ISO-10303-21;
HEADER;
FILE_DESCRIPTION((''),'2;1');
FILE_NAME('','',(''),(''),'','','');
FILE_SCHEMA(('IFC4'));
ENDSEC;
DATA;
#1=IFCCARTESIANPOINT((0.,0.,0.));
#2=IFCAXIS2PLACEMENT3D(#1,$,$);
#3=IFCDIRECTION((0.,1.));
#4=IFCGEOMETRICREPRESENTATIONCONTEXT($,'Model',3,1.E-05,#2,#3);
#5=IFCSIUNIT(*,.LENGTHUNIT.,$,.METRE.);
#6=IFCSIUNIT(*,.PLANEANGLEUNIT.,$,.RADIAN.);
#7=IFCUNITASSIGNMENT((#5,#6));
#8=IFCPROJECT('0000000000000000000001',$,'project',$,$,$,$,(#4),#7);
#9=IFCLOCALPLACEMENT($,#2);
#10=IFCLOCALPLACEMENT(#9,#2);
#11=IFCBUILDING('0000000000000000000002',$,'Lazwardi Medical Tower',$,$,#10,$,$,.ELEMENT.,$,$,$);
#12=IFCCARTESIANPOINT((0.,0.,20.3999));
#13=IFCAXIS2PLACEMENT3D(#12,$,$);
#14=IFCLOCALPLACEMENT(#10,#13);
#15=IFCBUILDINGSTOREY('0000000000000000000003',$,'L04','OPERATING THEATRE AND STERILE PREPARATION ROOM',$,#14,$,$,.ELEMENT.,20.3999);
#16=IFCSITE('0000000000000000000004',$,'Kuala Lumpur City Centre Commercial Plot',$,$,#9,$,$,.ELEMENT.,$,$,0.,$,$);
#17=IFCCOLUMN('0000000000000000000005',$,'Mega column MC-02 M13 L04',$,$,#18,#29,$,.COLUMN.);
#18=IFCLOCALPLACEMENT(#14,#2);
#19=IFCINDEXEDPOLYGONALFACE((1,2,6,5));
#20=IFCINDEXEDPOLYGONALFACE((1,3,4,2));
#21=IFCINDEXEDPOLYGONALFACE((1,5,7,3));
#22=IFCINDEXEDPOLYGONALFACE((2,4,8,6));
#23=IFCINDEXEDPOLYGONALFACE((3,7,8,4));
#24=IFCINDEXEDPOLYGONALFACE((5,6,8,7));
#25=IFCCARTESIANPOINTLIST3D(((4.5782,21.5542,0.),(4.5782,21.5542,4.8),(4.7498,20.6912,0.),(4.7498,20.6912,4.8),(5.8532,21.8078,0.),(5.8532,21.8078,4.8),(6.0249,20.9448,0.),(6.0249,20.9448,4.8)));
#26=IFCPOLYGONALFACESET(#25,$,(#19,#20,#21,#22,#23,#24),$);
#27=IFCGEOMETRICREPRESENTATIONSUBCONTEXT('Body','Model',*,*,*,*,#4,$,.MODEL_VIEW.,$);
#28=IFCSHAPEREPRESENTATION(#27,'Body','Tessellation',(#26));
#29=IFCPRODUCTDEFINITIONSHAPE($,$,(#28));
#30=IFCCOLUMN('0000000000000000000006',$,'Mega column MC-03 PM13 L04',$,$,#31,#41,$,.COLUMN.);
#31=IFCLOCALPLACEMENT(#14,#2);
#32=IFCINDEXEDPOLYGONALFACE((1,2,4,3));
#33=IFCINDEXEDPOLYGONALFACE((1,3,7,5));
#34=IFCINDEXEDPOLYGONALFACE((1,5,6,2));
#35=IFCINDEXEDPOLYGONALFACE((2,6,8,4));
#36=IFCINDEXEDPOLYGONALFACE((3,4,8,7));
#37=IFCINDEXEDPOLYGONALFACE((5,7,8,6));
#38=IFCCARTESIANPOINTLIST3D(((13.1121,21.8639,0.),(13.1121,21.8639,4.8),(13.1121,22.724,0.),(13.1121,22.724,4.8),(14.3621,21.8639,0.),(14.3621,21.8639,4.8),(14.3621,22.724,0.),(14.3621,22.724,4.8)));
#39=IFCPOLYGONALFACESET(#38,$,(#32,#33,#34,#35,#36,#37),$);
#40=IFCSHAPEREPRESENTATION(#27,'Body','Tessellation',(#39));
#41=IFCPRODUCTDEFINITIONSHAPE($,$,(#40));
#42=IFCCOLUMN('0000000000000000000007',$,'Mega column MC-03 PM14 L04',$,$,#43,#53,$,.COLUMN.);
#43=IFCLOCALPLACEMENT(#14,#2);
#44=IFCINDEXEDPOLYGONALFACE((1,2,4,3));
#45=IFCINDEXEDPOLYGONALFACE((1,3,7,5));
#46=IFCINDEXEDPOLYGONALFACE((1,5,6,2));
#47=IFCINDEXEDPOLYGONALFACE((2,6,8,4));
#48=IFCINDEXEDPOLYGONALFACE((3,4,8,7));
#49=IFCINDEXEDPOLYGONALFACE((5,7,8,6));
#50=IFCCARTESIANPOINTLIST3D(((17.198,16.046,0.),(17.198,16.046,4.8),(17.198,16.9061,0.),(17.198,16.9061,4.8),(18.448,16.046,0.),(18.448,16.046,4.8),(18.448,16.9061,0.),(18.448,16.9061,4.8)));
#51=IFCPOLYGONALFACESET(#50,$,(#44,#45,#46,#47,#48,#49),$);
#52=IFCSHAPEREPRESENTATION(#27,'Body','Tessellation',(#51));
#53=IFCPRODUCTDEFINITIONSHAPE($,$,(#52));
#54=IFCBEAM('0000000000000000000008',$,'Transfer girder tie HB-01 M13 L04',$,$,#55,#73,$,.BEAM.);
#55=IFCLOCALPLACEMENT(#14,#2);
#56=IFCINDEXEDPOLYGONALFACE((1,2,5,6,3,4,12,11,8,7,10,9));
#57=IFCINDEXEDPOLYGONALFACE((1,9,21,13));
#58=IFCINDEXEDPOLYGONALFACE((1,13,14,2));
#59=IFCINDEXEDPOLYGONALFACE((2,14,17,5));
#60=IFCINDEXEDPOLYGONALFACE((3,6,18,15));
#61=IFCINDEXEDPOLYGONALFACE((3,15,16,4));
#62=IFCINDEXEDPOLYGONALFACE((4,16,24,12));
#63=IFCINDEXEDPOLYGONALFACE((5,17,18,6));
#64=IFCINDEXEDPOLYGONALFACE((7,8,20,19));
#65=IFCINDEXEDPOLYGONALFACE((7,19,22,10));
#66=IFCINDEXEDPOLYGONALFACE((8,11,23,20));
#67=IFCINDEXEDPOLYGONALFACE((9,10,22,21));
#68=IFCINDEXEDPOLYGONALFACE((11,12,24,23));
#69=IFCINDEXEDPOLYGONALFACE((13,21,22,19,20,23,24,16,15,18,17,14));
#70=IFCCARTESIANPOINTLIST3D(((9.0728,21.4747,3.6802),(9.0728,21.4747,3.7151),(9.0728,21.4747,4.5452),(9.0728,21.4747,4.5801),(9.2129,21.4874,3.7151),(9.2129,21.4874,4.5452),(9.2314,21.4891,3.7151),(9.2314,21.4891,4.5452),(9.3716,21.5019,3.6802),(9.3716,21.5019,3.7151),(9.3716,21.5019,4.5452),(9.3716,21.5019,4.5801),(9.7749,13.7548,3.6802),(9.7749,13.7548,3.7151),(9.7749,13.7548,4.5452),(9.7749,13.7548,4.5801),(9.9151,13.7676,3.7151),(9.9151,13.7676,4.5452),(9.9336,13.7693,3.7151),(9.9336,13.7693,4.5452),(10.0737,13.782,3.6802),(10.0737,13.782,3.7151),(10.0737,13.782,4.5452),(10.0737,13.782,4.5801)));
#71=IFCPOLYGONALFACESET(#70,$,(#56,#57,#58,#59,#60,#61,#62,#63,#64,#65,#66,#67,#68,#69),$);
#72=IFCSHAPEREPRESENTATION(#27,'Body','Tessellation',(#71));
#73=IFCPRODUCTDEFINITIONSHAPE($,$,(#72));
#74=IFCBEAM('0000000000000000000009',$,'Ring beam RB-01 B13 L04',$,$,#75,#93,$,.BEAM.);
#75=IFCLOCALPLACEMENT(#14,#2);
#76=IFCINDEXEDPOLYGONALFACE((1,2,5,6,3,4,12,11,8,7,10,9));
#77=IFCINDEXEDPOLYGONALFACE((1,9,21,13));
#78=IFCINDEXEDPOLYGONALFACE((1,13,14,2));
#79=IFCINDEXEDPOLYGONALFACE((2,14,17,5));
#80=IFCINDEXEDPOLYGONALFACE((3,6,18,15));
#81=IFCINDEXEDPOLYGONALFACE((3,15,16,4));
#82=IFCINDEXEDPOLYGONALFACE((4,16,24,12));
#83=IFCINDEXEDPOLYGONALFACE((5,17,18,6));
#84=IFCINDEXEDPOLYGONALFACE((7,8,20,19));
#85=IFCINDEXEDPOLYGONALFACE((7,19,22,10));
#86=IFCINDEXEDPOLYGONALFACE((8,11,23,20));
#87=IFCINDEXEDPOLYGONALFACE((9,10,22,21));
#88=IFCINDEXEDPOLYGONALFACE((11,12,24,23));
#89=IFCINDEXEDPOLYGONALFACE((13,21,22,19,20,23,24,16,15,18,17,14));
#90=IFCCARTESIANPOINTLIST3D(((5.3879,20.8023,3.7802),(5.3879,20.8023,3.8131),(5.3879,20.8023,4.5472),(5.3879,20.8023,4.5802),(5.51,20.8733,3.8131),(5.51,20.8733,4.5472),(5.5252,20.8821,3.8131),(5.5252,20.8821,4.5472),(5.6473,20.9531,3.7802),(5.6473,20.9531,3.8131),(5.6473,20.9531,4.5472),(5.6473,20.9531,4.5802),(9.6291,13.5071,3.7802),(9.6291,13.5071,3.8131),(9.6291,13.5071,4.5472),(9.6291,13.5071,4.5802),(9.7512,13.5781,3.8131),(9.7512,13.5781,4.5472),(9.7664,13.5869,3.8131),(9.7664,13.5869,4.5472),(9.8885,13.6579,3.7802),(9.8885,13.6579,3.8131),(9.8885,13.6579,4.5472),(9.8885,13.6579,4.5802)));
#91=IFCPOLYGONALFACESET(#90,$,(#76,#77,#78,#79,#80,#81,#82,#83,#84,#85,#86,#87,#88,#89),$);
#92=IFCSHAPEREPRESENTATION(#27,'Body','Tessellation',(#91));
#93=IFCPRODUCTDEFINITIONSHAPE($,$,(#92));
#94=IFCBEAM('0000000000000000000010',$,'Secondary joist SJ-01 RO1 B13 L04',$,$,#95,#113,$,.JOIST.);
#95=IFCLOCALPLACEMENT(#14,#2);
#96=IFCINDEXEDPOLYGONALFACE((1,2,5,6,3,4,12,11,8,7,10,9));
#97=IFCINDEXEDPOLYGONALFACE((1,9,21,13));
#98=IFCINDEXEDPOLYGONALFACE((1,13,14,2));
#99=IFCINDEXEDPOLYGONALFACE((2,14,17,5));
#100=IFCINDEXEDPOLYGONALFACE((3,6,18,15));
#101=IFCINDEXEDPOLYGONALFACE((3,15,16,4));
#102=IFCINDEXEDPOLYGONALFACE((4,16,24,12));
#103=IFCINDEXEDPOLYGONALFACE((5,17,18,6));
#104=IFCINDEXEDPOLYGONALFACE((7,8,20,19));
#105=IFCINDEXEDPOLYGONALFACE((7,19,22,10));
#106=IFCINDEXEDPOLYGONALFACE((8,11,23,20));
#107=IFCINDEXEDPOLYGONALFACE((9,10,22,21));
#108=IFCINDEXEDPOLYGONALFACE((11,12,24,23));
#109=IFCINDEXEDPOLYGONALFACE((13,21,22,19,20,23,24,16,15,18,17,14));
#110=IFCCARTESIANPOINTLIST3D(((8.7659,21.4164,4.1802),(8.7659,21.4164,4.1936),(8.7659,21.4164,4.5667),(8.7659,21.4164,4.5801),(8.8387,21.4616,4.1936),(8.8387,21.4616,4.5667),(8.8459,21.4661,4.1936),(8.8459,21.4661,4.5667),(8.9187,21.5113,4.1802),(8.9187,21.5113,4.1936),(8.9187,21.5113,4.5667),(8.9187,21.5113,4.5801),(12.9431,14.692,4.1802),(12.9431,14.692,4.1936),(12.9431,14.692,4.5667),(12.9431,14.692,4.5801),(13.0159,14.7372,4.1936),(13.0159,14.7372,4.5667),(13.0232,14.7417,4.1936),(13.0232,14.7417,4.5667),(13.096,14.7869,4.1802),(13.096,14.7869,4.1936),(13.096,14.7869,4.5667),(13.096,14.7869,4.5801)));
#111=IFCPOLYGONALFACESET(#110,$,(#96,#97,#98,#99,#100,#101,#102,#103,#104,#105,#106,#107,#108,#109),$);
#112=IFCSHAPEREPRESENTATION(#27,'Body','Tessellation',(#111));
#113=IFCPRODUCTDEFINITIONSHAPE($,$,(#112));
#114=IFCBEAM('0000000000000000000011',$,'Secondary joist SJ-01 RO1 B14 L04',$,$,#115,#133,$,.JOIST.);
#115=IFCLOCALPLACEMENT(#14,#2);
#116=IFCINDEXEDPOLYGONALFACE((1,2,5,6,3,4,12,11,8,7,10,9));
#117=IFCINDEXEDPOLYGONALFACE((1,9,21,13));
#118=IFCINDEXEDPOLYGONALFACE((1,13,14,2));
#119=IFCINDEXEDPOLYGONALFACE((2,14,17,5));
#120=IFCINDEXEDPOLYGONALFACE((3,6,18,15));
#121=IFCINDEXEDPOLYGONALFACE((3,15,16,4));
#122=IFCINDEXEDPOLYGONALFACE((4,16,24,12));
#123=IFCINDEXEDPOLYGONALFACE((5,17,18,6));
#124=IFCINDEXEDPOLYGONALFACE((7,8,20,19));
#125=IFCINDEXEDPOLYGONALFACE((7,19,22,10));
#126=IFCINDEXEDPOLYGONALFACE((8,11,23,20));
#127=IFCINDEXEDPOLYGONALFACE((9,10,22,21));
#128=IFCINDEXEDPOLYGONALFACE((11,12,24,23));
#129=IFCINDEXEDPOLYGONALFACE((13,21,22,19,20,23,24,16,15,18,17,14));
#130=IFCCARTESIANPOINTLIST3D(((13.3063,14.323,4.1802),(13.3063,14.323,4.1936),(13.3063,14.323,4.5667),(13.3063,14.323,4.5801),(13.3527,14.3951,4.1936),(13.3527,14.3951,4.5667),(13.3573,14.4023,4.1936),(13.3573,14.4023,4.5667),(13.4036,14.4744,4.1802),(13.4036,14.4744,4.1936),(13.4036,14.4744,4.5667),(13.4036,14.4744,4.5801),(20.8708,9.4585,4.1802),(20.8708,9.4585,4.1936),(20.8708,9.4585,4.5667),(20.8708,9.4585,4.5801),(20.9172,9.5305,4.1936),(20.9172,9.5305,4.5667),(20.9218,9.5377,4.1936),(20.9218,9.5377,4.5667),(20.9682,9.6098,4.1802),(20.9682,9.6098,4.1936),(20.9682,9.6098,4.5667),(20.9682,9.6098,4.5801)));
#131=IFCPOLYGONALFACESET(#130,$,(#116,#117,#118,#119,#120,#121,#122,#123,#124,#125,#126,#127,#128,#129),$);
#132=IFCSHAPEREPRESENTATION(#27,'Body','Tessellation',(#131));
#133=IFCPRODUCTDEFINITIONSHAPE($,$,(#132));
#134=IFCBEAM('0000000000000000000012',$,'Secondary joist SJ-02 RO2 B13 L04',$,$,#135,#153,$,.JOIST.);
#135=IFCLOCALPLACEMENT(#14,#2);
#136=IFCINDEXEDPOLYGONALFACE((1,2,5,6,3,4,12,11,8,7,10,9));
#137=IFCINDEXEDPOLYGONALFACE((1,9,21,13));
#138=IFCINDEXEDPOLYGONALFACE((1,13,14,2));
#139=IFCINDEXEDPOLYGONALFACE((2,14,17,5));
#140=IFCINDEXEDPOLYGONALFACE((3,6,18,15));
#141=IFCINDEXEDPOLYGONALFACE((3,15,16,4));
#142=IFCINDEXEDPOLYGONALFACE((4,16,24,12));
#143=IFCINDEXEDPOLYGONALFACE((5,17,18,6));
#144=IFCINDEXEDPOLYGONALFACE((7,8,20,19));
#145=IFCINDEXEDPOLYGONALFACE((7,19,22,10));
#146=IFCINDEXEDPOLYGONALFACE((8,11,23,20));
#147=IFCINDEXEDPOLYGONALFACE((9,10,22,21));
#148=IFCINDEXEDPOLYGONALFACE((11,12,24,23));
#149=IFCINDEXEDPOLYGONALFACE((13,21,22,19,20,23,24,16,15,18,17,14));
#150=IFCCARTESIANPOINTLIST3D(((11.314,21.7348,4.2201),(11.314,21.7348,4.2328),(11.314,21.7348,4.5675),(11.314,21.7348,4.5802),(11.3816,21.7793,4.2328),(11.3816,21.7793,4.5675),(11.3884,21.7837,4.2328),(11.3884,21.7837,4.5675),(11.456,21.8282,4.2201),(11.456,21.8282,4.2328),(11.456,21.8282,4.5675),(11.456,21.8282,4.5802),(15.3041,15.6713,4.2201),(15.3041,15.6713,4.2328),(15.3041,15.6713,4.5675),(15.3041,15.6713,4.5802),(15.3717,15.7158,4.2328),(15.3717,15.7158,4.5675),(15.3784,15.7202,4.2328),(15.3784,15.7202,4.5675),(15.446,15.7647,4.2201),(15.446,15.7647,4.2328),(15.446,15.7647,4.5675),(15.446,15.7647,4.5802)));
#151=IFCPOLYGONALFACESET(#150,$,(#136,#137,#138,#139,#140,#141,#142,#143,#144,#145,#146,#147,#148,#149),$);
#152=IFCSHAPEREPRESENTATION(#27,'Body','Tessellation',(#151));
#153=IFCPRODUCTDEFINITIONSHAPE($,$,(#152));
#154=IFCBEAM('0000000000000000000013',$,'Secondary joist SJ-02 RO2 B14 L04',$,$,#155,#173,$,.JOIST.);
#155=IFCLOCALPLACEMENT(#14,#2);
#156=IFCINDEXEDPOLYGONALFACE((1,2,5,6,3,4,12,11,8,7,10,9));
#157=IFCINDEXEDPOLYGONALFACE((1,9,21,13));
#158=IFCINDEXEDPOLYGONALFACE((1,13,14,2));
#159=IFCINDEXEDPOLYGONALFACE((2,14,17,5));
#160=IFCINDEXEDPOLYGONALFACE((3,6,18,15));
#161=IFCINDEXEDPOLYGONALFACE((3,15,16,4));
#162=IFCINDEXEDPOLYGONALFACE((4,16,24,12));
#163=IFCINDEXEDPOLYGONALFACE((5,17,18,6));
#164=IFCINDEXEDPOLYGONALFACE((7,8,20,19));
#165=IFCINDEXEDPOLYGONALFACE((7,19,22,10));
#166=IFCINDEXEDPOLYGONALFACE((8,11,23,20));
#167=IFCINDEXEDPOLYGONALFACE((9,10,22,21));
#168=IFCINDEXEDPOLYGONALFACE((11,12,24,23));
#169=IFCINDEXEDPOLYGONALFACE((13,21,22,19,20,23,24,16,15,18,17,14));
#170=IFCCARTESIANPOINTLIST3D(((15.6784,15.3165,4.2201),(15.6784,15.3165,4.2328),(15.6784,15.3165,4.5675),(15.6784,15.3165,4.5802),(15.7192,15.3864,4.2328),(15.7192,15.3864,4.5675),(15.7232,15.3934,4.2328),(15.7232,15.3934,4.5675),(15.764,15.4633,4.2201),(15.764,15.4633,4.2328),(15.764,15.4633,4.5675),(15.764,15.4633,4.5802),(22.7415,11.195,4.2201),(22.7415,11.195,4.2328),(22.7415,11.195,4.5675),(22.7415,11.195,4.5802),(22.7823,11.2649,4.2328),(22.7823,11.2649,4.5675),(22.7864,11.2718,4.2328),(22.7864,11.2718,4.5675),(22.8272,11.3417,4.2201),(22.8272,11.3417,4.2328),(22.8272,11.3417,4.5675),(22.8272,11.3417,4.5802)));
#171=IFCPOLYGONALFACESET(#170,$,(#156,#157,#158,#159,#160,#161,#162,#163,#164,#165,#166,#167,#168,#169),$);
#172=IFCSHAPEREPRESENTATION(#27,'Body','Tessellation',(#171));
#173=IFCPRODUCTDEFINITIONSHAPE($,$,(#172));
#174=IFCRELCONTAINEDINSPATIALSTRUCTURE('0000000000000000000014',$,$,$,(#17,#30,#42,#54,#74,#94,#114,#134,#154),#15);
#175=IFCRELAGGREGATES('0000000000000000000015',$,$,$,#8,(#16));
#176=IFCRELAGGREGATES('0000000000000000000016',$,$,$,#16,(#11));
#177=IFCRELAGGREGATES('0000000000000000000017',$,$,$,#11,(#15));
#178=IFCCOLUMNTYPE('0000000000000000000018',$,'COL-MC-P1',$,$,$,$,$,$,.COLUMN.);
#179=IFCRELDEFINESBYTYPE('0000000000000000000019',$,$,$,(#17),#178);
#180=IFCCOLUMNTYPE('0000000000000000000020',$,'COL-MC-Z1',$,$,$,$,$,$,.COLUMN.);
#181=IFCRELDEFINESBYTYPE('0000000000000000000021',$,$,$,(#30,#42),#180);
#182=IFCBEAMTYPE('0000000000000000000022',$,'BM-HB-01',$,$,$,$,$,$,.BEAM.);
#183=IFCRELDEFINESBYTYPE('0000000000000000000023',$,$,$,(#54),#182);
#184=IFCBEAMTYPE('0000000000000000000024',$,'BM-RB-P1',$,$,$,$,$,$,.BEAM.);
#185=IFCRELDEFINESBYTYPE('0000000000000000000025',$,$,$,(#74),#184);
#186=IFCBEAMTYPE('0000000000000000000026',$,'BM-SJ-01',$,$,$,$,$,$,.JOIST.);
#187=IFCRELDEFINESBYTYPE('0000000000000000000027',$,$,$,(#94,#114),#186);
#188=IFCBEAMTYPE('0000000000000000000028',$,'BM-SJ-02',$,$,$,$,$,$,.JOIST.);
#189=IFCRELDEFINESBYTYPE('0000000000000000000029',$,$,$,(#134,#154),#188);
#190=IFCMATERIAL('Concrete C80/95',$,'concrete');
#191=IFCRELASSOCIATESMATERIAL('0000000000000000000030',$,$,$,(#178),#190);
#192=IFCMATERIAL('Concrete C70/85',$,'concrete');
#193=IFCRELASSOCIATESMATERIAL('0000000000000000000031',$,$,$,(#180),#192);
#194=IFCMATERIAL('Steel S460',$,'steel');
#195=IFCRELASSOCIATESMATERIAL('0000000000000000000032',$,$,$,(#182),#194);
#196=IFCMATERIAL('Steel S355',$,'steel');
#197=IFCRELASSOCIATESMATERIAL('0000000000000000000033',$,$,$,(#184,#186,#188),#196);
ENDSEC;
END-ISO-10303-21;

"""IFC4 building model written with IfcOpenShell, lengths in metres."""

from ifc_helpers import new_model, si_unit, direction, frame, origin, origin_2d, place, context, subcontext, project, spatial, rectangle, i_section, extrude, material, material_profile, profile_set, type_object, element, save


model = new_model("IFC4")

# Units and contexts
model_context = context("Model", 3, precision=1e-05, world=origin(), true_north=direction((0.0, 1.0)))
body_context = subcontext(model_context, "Body", "Model", "MODEL_VIEW")
ifc_project = project(units=[si_unit("LENGTHUNIT", "METRE"), si_unit("PLANEANGLEUNIT", "RADIAN")], contexts=[model_context])

# Site, building, storey
site_placement = place(None, origin())
site = spatial("IfcSite", under=ifc_project, at=site_placement, Name="Kuala Lumpur City Centre Commercial Plot", CompositionType="ELEMENT", RefElevation=0.0)
building_placement = place(site_placement, origin())
building = spatial("IfcBuilding", under=site, at=building_placement, Name="Lazwardi Medical Tower", CompositionType="ELEMENT")
storey_placement = place(building_placement, frame((0.0, 0.0, 20.3999)))
storey = spatial("IfcBuildingStorey", under=building, at=storey_placement, Name="L04", Description="OPERATING THEATRE AND STERILE PREPARATION ROOM", CompositionType="ELEMENT", Elevation=20.3999)

# Columns
ifc_material_1 = material(Name="Concrete C80/95", Category="concrete")
ifc_material_profile_1 = material_profile(ifc_material_1, rectangle(XDim=1.3, YDim=0.8799, at=origin_2d()), Name="CFT-RECT 1300x880")
ifc_profile_set_1 = profile_set([ifc_material_profile_1], Name="Concrete C80/95")
column_type_1 = type_object("IfcColumnType", Name="COL-MC-P1", PredefinedType="COLUMN", material=ifc_profile_set_1)
column_placement = place(storey_placement, frame((5.3015, 21.2495, 0.0), z_axis=(0.0, 0.0, 1.0), x_axis=(-0.980785, -0.19509, 0.0)))
element("IfcColumn", 1, at=column_placement, inside=storey, type_object=column_type_1, Name="Mega column MC-02 M13 L04", PredefinedType="COLUMN", context=body_context, shape_type="SweptSolid", body=[
    extrude(rectangle(XDim=1.3, YDim=0.8799, at=origin_2d()), origin(), (0.0, 0.0, 1.0), 4.8),
])
ifc_material_2 = material(Name="Concrete C70/85", Category="concrete")
ifc_material_profile_2 = material_profile(ifc_material_2, rectangle(XDim=1.25, YDim=0.8601, at=origin_2d()), Name="CFT-RECT 1250x860")
ifc_profile_set_2 = profile_set([ifc_material_profile_2], Name="Concrete C70/85")
column_type_2 = type_object("IfcColumnType", Name="COL-MC-Z1", PredefinedType="COLUMN", material=ifc_profile_set_2)
for number, where, z_axis, x_axis, name in (
    (2, (13.7371, 22.2939, 0.0), (0.0, 0.0, 1.0), (1.0, 0.0, 0.0), "Mega column MC-03 PM13 L04"),
    (3, (17.823, 16.4761, 0.0), (0.0, 0.0, 1.0), (1.0, 0.0, 0.0), "Mega column MC-03 PM14 L04"),
):
    element("IfcColumn", number, at=place(storey_placement, frame(where, z_axis=z_axis, x_axis=x_axis)), inside=storey, type_object=column_type_2, Name=name, PredefinedType="COLUMN", context=body_context, shape_type="SweptSolid", body=[
        extrude(rectangle(XDim=1.25, YDim=0.8601, at=origin_2d()), origin(), (0.0, 0.0, 1.0), 4.8),
    ])

# Beams
ifc_material_3 = material(Name="Steel S460", Category="steel")
ifc_material_profile_3 = material_profile(ifc_material_3, i_section(OverallWidth=0.3, OverallDepth=0.8999, WebThickness=0.0186, FlangeThickness=0.0349, at=origin_2d()), Name="HEB 900")
ifc_profile_set_3 = profile_set([ifc_material_profile_3], Name="Steel S460")
beam_type_1 = type_object("IfcBeamType", Name="BM-HB-01", PredefinedType="BEAM", material=ifc_profile_set_3)
beam_1_placement = place(storey_placement, frame((9.2222, 21.4883, 4.1301), z_axis=(0.090581, -0.995889, 0.0), x_axis=(0.995889, 0.090581, 0.0)))
element("IfcBeam", 4, at=beam_1_placement, inside=storey, type_object=beam_type_1, Name="Transfer girder tie HB-01 M13 L04", PredefinedType="BEAM", context=body_context, shape_type="SweptSolid", body=[
    extrude(i_section(OverallWidth=0.3, OverallDepth=0.8999, WebThickness=0.0186, FlangeThickness=0.0349, at=origin_2d()), origin(), (0.0, 0.0, 1.0), 7.7517),
])
ifc_material_4 = material(Name="Steel S355", Category="steel")
ifc_material_profile_4 = material_profile(ifc_material_4, i_section(OverallWidth=0.3, OverallDepth=0.8, WebThickness=0.0176, FlangeThickness=0.033, at=origin_2d()), Name="HEB 800")
ifc_profile_set_4 = profile_set([ifc_material_profile_4], Name="Steel S355")
beam_type_2 = type_object("IfcBeamType", Name="BM-RB-P1", PredefinedType="BEAM", material=ifc_profile_set_4)
beam_2_placement = place(storey_placement, frame((5.5176, 20.8777, 4.1802), z_axis=(0.502606, -0.864516, 0.0), x_axis=(0.864516, 0.502606, 0.0)))
element("IfcBeam", 5, at=beam_2_placement, inside=storey, type_object=beam_type_2, Name="Ring beam RB-01 B13 L04", PredefinedType="BEAM", context=body_context, shape_type="SweptSolid", body=[
    extrude(i_section(OverallWidth=0.3, OverallDepth=0.8, WebThickness=0.0176, FlangeThickness=0.033, at=origin_2d()), origin(), (0.0, 0.0, 1.0), 8.4385),
])
ifc_material_profile_5 = material_profile(ifc_material_4, i_section(OverallWidth=0.1799, OverallDepth=0.3999, WebThickness=0.0085, FlangeThickness=0.0134, at=origin_2d()), Name="IPE 400")
ifc_profile_set_5 = profile_set([ifc_material_profile_5], Name="Steel S355")
beam_type_3 = type_object("IfcBeamType", Name="BM-SJ-01", PredefinedType="JOIST", material=ifc_profile_set_5)
beam_3_placement = place(storey_placement, frame((8.8423, 21.4639, 4.3801), z_axis=(0.527682, -0.849442, 0.0), x_axis=(0.849442, 0.527682, 0.0)))
element("IfcBeam", 6, at=beam_3_placement, inside=storey, type_object=beam_type_3, Name="Secondary joist SJ-01 RO1 B13 L04", PredefinedType="JOIST", context=body_context, shape_type="SweptSolid", body=[
    extrude(i_section(OverallWidth=0.1799, OverallDepth=0.3999, WebThickness=0.0085, FlangeThickness=0.0134, at=origin_2d()), origin(), (0.0, 0.0, 1.0), 7.9163),
])
beam_4_placement = place(storey_placement, frame((13.355, 14.3987, 4.3801), z_axis=(0.841096, -0.540887, 0.0), x_axis=(0.540887, 0.841096, 0.0)))
element("IfcBeam", 7, at=beam_4_placement, inside=storey, type_object=beam_type_3, Name="Secondary joist SJ-01 RO1 B14 L04", PredefinedType="JOIST", context=body_context, shape_type="SweptSolid", body=[
    extrude(i_section(OverallWidth=0.1799, OverallDepth=0.3999, WebThickness=0.0085, FlangeThickness=0.0134, at=origin_2d()), origin(), (0.0, 0.0, 1.0), 8.9937),
])
ifc_material_profile_6 = material_profile(ifc_material_4, i_section(OverallWidth=0.1699, OverallDepth=0.3601, WebThickness=0.0081, FlangeThickness=0.0127, at=origin_2d()), Name="IPE 360")
ifc_profile_set_6 = profile_set([ifc_material_profile_6], Name="Steel S355")
beam_type_4 = type_object("IfcBeamType", Name="BM-SJ-02", PredefinedType="JOIST", material=ifc_profile_set_6)
beam_5_placement = place(storey_placement, frame((11.385, 21.7815, 4.4001), z_axis=(0.549699, -0.835363, 0.0), x_axis=(0.835363, 0.549699, 0.0)))
element("IfcBeam", 8, at=beam_5_placement, inside=storey, type_object=beam_type_4, Name="Secondary joist SJ-02 RO2 B13 L04", PredefinedType="JOIST", context=body_context, shape_type="SweptSolid", body=[
    extrude(i_section(OverallWidth=0.1699, OverallDepth=0.3601, WebThickness=0.0081, FlangeThickness=0.0127, at=origin_2d()), origin(), (0.0, 0.0, 1.0), 7.2585),
])
beam_6_placement = place(storey_placement, frame((15.7212, 15.3899, 4.4001), z_axis=(0.863706, -0.503995, 0.0), x_axis=(0.503995, 0.863706, 0.0)))
element("IfcBeam", 9, at=beam_6_placement, inside=storey, type_object=beam_type_4, Name="Secondary joist SJ-02 RO2 B14 L04", PredefinedType="JOIST", context=body_context, shape_type="SweptSolid", body=[
    extrude(i_section(OverallWidth=0.1699, OverallDepth=0.3601, WebThickness=0.0081, FlangeThickness=0.0127, at=origin_2d()), origin(), (0.0, 0.0, 1.0), 8.1777),
])

save(model, "model.ifc")
